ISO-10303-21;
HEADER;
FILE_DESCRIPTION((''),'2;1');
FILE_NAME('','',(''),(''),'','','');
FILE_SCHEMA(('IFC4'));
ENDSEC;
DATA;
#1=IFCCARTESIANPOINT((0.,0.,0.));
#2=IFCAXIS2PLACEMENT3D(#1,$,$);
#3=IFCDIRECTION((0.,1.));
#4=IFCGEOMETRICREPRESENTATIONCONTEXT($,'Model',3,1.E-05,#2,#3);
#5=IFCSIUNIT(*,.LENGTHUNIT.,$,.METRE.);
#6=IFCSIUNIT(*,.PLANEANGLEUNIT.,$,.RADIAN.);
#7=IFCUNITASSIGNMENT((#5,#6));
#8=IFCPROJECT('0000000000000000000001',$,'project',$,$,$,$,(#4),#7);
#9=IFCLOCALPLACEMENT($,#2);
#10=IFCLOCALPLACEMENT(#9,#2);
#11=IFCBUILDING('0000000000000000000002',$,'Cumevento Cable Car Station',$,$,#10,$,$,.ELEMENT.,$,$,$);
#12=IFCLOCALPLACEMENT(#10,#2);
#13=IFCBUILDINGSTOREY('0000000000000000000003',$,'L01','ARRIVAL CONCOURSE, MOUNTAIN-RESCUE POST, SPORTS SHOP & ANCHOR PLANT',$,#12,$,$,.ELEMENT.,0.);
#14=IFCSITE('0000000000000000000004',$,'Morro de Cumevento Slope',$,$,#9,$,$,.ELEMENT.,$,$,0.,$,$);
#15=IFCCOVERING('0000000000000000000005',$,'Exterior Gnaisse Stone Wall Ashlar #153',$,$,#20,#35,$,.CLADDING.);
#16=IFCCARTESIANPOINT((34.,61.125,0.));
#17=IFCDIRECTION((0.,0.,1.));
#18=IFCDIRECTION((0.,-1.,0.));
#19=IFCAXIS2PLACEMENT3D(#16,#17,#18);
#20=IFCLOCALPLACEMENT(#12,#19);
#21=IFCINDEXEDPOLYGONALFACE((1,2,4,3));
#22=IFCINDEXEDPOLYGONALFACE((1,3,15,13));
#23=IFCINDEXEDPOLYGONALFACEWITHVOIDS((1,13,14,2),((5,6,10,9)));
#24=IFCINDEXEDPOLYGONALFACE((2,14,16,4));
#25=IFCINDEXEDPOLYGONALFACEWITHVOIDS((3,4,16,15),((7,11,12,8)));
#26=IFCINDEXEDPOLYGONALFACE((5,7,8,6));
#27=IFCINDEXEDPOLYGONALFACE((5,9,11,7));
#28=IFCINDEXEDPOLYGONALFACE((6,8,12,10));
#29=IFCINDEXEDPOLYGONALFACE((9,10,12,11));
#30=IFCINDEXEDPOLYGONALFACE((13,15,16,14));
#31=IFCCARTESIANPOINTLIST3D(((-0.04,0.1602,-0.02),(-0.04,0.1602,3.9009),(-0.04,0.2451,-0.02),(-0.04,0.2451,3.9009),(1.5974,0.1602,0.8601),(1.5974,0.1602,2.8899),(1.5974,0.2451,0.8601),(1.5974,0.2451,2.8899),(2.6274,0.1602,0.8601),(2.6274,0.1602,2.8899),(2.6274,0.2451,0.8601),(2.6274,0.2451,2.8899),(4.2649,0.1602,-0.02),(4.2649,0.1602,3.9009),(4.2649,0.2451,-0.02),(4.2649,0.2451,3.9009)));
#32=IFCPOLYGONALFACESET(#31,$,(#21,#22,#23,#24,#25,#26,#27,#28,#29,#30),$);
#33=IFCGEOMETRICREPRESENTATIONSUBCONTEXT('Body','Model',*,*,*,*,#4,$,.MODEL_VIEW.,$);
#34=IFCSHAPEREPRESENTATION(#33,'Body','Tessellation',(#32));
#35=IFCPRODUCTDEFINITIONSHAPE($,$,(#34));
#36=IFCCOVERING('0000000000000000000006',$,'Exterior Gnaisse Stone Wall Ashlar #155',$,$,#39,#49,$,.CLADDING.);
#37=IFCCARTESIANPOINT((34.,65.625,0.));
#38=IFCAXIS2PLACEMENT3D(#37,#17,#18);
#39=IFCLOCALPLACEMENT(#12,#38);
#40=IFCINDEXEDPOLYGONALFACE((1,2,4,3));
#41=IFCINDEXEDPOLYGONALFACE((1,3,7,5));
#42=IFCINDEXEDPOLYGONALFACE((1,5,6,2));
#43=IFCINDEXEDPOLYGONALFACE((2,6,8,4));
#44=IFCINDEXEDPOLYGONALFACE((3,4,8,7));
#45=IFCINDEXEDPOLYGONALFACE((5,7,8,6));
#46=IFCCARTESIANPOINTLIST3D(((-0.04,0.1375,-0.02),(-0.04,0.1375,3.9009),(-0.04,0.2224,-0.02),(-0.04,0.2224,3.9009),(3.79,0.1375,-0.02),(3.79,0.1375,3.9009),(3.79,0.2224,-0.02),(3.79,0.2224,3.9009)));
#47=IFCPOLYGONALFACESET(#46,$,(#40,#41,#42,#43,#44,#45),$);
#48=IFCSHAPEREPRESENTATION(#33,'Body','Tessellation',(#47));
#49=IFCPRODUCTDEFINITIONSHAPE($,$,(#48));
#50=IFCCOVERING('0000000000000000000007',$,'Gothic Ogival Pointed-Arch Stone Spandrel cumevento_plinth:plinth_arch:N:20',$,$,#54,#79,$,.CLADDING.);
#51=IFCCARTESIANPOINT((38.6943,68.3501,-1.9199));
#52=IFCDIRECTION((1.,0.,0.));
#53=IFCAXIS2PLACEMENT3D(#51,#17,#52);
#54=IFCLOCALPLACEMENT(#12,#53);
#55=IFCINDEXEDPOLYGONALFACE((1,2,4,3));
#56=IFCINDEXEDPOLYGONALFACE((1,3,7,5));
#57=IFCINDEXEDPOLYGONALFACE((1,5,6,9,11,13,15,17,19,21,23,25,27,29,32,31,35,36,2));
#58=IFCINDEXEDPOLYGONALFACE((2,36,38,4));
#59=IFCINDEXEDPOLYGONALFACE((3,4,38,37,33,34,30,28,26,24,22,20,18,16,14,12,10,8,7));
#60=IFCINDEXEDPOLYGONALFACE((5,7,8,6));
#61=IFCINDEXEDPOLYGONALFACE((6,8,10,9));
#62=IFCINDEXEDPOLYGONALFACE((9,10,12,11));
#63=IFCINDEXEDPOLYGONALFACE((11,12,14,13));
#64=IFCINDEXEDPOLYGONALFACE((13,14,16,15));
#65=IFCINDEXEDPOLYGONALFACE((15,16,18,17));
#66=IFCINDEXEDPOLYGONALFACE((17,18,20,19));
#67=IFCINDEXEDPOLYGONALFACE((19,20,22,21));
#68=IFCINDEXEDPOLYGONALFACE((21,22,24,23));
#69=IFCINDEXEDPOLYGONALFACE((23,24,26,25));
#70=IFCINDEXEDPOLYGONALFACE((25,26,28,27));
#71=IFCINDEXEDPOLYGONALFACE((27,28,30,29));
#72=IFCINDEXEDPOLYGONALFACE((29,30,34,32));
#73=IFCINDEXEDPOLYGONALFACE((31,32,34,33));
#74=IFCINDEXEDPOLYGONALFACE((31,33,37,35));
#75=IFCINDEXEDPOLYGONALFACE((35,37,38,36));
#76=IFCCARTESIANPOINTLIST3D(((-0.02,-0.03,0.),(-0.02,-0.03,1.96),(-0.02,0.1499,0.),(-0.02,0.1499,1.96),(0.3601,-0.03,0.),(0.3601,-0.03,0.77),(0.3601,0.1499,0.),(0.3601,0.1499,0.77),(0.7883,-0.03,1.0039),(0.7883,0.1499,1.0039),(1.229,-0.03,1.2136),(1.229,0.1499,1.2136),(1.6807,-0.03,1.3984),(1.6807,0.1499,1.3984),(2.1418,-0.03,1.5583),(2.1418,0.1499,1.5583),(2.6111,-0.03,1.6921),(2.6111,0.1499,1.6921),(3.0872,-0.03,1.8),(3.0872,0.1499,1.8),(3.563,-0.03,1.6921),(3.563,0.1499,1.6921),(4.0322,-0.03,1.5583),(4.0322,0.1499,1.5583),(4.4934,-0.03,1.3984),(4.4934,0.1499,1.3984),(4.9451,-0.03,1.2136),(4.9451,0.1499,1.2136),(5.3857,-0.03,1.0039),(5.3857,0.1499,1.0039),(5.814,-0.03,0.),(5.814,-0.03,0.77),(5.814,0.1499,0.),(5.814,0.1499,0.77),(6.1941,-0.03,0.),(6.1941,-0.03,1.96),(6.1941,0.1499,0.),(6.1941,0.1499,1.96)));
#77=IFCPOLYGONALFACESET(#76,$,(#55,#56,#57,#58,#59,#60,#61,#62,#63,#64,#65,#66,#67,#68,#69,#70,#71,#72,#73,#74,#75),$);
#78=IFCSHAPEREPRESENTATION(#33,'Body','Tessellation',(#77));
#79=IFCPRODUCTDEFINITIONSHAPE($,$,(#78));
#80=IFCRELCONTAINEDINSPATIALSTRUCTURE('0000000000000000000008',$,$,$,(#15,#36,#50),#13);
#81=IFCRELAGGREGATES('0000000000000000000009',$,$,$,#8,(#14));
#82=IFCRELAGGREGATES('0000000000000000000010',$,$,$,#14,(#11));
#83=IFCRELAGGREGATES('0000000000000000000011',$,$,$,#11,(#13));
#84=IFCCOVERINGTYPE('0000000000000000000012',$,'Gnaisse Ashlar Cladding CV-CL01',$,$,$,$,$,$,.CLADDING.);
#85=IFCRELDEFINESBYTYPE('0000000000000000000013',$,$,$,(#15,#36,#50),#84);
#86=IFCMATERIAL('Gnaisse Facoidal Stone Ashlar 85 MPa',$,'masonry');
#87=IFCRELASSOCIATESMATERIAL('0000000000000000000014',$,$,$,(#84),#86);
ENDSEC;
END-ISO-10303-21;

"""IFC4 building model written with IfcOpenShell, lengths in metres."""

from ifc_helpers import new_model, si_unit, direction, frame, origin, place, context, subcontext, project, spatial, polyline, outline, extrude, material, type_object, element, save


model = new_model("IFC4")

# Units and contexts
model_context = context("Model", 3, precision=1e-05, world=origin(), true_north=direction((0.0, 1.0)))
body_context = subcontext(model_context, "Body", "Model", "MODEL_VIEW")
ifc_project = project(units=[si_unit("LENGTHUNIT", "METRE"), si_unit("PLANEANGLEUNIT", "RADIAN")], contexts=[model_context])

# Site, building, storey
site_placement = place(None, origin())
site = spatial("IfcSite", under=ifc_project, at=site_placement, Name="Morro de Cumevento Slope", CompositionType="ELEMENT", RefElevation=0.0)
building_placement = place(site_placement, origin())
building = spatial("IfcBuilding", under=site, at=building_placement, Name="Cumevento Cable Car Station", CompositionType="ELEMENT")
storey_placement = place(building_placement, origin())
storey = spatial("IfcBuildingStorey", under=building, at=storey_placement, Name="L01", Description="ARRIVAL CONCOURSE, MOUNTAIN-RESCUE POST, SPORTS SHOP & ANCHOR PLANT", CompositionType="ELEMENT", Elevation=0.0)

# Coverings
ifc_material_1 = material(Name="Gnaisse Facoidal Stone Ashlar 85 MPa", Category="masonry")
covering_type = type_object("IfcCoveringType", Name="Gnaisse Ashlar Cladding CV-CL01", PredefinedType="CLADDING", material=ifc_material_1)
covering_1_placement = place(storey_placement, frame((34.0, 61.125, 0.0), z_axis=(0.0, 0.0, 1.0), x_axis=(0.0, -1.0, 0.0)))
element("IfcCovering", 1, at=covering_1_placement, inside=storey, type_object=covering_type, Name="Exterior Gnaisse Stone Wall Ashlar #153", PredefinedType="CLADDING", context=body_context, shape_type="SweptSolid", body=[
    extrude(outline(polyline([(-0.04, -0.02), (4.2649, -0.02), (4.2649, 3.9009), (-0.04, 3.9009), (-0.04, -0.02)]), holes=[polyline([(1.5974, 0.8601), (2.6274, 0.8601), (2.6274, 2.8899), (1.5974, 2.8899), (1.5974, 0.8601)])]), frame((0.0, 0.2451, 0.0), z_axis=(0.0, -1.0, 0.0), x_axis=(1.0, 0.0, 0.0)), (0.0, 0.0, 1.0), 0.085),
])
covering_2_placement = place(storey_placement, frame((34.0, 65.625, 0.0), z_axis=(0.0, 0.0, 1.0), x_axis=(0.0, -1.0, 0.0)))
element("IfcCovering", 2, at=covering_2_placement, inside=storey, type_object=covering_type, Name="Exterior Gnaisse Stone Wall Ashlar #155", PredefinedType="CLADDING", context=body_context, shape_type="SweptSolid", body=[
    extrude(outline(polyline([(-0.04, -0.02), (3.79, -0.02), (3.79, 3.9009), (-0.04, 3.9009), (-0.04, -0.02)])), frame((0.0, 0.2224, 0.0), z_axis=(0.0, -1.0, 0.0), x_axis=(1.0, 0.0, 0.0)), (0.0, 0.0, 1.0), 0.085),
])
covering_3_placement = place(storey_placement, frame((38.6943, 68.3501, -1.9199), z_axis=(0.0, 0.0, 1.0), x_axis=(1.0, 0.0, 0.0)))
element("IfcCovering", 3, at=covering_3_placement, inside=storey, type_object=covering_type, Name="Gothic Ogival Pointed-Arch Stone Spandrel cumevento_plinth:plinth_arch:N:20", PredefinedType="CLADDING", context=body_context, shape_type="SweptSolid", body=[
    extrude(outline(polyline([(-0.02, 0.0), (-0.02, 1.96), (6.1941, 1.96), (6.1941, 0.0), (5.814, 0.0), (5.814, 0.77), (5.3857, 1.0039), (4.9451, 1.2136), (4.4934, 1.3984), (4.0322, 1.5583), (3.563, 1.6921), (3.0872, 1.8), (2.6111, 1.6921), (2.1418, 1.5583), (1.6807, 1.3984), (1.229, 1.2136), (0.7883, 1.0039), (0.3601, 0.77), (0.3601, 0.0), (-0.02, 0.0)])), frame((0.0, 0.1499, 0.0), z_axis=(0.0, -1.0, 0.0), x_axis=(1.0, 0.0, 0.0)), (0.0, 0.0, 1.0), 0.1799),
])

save(model, "model.ifc")
